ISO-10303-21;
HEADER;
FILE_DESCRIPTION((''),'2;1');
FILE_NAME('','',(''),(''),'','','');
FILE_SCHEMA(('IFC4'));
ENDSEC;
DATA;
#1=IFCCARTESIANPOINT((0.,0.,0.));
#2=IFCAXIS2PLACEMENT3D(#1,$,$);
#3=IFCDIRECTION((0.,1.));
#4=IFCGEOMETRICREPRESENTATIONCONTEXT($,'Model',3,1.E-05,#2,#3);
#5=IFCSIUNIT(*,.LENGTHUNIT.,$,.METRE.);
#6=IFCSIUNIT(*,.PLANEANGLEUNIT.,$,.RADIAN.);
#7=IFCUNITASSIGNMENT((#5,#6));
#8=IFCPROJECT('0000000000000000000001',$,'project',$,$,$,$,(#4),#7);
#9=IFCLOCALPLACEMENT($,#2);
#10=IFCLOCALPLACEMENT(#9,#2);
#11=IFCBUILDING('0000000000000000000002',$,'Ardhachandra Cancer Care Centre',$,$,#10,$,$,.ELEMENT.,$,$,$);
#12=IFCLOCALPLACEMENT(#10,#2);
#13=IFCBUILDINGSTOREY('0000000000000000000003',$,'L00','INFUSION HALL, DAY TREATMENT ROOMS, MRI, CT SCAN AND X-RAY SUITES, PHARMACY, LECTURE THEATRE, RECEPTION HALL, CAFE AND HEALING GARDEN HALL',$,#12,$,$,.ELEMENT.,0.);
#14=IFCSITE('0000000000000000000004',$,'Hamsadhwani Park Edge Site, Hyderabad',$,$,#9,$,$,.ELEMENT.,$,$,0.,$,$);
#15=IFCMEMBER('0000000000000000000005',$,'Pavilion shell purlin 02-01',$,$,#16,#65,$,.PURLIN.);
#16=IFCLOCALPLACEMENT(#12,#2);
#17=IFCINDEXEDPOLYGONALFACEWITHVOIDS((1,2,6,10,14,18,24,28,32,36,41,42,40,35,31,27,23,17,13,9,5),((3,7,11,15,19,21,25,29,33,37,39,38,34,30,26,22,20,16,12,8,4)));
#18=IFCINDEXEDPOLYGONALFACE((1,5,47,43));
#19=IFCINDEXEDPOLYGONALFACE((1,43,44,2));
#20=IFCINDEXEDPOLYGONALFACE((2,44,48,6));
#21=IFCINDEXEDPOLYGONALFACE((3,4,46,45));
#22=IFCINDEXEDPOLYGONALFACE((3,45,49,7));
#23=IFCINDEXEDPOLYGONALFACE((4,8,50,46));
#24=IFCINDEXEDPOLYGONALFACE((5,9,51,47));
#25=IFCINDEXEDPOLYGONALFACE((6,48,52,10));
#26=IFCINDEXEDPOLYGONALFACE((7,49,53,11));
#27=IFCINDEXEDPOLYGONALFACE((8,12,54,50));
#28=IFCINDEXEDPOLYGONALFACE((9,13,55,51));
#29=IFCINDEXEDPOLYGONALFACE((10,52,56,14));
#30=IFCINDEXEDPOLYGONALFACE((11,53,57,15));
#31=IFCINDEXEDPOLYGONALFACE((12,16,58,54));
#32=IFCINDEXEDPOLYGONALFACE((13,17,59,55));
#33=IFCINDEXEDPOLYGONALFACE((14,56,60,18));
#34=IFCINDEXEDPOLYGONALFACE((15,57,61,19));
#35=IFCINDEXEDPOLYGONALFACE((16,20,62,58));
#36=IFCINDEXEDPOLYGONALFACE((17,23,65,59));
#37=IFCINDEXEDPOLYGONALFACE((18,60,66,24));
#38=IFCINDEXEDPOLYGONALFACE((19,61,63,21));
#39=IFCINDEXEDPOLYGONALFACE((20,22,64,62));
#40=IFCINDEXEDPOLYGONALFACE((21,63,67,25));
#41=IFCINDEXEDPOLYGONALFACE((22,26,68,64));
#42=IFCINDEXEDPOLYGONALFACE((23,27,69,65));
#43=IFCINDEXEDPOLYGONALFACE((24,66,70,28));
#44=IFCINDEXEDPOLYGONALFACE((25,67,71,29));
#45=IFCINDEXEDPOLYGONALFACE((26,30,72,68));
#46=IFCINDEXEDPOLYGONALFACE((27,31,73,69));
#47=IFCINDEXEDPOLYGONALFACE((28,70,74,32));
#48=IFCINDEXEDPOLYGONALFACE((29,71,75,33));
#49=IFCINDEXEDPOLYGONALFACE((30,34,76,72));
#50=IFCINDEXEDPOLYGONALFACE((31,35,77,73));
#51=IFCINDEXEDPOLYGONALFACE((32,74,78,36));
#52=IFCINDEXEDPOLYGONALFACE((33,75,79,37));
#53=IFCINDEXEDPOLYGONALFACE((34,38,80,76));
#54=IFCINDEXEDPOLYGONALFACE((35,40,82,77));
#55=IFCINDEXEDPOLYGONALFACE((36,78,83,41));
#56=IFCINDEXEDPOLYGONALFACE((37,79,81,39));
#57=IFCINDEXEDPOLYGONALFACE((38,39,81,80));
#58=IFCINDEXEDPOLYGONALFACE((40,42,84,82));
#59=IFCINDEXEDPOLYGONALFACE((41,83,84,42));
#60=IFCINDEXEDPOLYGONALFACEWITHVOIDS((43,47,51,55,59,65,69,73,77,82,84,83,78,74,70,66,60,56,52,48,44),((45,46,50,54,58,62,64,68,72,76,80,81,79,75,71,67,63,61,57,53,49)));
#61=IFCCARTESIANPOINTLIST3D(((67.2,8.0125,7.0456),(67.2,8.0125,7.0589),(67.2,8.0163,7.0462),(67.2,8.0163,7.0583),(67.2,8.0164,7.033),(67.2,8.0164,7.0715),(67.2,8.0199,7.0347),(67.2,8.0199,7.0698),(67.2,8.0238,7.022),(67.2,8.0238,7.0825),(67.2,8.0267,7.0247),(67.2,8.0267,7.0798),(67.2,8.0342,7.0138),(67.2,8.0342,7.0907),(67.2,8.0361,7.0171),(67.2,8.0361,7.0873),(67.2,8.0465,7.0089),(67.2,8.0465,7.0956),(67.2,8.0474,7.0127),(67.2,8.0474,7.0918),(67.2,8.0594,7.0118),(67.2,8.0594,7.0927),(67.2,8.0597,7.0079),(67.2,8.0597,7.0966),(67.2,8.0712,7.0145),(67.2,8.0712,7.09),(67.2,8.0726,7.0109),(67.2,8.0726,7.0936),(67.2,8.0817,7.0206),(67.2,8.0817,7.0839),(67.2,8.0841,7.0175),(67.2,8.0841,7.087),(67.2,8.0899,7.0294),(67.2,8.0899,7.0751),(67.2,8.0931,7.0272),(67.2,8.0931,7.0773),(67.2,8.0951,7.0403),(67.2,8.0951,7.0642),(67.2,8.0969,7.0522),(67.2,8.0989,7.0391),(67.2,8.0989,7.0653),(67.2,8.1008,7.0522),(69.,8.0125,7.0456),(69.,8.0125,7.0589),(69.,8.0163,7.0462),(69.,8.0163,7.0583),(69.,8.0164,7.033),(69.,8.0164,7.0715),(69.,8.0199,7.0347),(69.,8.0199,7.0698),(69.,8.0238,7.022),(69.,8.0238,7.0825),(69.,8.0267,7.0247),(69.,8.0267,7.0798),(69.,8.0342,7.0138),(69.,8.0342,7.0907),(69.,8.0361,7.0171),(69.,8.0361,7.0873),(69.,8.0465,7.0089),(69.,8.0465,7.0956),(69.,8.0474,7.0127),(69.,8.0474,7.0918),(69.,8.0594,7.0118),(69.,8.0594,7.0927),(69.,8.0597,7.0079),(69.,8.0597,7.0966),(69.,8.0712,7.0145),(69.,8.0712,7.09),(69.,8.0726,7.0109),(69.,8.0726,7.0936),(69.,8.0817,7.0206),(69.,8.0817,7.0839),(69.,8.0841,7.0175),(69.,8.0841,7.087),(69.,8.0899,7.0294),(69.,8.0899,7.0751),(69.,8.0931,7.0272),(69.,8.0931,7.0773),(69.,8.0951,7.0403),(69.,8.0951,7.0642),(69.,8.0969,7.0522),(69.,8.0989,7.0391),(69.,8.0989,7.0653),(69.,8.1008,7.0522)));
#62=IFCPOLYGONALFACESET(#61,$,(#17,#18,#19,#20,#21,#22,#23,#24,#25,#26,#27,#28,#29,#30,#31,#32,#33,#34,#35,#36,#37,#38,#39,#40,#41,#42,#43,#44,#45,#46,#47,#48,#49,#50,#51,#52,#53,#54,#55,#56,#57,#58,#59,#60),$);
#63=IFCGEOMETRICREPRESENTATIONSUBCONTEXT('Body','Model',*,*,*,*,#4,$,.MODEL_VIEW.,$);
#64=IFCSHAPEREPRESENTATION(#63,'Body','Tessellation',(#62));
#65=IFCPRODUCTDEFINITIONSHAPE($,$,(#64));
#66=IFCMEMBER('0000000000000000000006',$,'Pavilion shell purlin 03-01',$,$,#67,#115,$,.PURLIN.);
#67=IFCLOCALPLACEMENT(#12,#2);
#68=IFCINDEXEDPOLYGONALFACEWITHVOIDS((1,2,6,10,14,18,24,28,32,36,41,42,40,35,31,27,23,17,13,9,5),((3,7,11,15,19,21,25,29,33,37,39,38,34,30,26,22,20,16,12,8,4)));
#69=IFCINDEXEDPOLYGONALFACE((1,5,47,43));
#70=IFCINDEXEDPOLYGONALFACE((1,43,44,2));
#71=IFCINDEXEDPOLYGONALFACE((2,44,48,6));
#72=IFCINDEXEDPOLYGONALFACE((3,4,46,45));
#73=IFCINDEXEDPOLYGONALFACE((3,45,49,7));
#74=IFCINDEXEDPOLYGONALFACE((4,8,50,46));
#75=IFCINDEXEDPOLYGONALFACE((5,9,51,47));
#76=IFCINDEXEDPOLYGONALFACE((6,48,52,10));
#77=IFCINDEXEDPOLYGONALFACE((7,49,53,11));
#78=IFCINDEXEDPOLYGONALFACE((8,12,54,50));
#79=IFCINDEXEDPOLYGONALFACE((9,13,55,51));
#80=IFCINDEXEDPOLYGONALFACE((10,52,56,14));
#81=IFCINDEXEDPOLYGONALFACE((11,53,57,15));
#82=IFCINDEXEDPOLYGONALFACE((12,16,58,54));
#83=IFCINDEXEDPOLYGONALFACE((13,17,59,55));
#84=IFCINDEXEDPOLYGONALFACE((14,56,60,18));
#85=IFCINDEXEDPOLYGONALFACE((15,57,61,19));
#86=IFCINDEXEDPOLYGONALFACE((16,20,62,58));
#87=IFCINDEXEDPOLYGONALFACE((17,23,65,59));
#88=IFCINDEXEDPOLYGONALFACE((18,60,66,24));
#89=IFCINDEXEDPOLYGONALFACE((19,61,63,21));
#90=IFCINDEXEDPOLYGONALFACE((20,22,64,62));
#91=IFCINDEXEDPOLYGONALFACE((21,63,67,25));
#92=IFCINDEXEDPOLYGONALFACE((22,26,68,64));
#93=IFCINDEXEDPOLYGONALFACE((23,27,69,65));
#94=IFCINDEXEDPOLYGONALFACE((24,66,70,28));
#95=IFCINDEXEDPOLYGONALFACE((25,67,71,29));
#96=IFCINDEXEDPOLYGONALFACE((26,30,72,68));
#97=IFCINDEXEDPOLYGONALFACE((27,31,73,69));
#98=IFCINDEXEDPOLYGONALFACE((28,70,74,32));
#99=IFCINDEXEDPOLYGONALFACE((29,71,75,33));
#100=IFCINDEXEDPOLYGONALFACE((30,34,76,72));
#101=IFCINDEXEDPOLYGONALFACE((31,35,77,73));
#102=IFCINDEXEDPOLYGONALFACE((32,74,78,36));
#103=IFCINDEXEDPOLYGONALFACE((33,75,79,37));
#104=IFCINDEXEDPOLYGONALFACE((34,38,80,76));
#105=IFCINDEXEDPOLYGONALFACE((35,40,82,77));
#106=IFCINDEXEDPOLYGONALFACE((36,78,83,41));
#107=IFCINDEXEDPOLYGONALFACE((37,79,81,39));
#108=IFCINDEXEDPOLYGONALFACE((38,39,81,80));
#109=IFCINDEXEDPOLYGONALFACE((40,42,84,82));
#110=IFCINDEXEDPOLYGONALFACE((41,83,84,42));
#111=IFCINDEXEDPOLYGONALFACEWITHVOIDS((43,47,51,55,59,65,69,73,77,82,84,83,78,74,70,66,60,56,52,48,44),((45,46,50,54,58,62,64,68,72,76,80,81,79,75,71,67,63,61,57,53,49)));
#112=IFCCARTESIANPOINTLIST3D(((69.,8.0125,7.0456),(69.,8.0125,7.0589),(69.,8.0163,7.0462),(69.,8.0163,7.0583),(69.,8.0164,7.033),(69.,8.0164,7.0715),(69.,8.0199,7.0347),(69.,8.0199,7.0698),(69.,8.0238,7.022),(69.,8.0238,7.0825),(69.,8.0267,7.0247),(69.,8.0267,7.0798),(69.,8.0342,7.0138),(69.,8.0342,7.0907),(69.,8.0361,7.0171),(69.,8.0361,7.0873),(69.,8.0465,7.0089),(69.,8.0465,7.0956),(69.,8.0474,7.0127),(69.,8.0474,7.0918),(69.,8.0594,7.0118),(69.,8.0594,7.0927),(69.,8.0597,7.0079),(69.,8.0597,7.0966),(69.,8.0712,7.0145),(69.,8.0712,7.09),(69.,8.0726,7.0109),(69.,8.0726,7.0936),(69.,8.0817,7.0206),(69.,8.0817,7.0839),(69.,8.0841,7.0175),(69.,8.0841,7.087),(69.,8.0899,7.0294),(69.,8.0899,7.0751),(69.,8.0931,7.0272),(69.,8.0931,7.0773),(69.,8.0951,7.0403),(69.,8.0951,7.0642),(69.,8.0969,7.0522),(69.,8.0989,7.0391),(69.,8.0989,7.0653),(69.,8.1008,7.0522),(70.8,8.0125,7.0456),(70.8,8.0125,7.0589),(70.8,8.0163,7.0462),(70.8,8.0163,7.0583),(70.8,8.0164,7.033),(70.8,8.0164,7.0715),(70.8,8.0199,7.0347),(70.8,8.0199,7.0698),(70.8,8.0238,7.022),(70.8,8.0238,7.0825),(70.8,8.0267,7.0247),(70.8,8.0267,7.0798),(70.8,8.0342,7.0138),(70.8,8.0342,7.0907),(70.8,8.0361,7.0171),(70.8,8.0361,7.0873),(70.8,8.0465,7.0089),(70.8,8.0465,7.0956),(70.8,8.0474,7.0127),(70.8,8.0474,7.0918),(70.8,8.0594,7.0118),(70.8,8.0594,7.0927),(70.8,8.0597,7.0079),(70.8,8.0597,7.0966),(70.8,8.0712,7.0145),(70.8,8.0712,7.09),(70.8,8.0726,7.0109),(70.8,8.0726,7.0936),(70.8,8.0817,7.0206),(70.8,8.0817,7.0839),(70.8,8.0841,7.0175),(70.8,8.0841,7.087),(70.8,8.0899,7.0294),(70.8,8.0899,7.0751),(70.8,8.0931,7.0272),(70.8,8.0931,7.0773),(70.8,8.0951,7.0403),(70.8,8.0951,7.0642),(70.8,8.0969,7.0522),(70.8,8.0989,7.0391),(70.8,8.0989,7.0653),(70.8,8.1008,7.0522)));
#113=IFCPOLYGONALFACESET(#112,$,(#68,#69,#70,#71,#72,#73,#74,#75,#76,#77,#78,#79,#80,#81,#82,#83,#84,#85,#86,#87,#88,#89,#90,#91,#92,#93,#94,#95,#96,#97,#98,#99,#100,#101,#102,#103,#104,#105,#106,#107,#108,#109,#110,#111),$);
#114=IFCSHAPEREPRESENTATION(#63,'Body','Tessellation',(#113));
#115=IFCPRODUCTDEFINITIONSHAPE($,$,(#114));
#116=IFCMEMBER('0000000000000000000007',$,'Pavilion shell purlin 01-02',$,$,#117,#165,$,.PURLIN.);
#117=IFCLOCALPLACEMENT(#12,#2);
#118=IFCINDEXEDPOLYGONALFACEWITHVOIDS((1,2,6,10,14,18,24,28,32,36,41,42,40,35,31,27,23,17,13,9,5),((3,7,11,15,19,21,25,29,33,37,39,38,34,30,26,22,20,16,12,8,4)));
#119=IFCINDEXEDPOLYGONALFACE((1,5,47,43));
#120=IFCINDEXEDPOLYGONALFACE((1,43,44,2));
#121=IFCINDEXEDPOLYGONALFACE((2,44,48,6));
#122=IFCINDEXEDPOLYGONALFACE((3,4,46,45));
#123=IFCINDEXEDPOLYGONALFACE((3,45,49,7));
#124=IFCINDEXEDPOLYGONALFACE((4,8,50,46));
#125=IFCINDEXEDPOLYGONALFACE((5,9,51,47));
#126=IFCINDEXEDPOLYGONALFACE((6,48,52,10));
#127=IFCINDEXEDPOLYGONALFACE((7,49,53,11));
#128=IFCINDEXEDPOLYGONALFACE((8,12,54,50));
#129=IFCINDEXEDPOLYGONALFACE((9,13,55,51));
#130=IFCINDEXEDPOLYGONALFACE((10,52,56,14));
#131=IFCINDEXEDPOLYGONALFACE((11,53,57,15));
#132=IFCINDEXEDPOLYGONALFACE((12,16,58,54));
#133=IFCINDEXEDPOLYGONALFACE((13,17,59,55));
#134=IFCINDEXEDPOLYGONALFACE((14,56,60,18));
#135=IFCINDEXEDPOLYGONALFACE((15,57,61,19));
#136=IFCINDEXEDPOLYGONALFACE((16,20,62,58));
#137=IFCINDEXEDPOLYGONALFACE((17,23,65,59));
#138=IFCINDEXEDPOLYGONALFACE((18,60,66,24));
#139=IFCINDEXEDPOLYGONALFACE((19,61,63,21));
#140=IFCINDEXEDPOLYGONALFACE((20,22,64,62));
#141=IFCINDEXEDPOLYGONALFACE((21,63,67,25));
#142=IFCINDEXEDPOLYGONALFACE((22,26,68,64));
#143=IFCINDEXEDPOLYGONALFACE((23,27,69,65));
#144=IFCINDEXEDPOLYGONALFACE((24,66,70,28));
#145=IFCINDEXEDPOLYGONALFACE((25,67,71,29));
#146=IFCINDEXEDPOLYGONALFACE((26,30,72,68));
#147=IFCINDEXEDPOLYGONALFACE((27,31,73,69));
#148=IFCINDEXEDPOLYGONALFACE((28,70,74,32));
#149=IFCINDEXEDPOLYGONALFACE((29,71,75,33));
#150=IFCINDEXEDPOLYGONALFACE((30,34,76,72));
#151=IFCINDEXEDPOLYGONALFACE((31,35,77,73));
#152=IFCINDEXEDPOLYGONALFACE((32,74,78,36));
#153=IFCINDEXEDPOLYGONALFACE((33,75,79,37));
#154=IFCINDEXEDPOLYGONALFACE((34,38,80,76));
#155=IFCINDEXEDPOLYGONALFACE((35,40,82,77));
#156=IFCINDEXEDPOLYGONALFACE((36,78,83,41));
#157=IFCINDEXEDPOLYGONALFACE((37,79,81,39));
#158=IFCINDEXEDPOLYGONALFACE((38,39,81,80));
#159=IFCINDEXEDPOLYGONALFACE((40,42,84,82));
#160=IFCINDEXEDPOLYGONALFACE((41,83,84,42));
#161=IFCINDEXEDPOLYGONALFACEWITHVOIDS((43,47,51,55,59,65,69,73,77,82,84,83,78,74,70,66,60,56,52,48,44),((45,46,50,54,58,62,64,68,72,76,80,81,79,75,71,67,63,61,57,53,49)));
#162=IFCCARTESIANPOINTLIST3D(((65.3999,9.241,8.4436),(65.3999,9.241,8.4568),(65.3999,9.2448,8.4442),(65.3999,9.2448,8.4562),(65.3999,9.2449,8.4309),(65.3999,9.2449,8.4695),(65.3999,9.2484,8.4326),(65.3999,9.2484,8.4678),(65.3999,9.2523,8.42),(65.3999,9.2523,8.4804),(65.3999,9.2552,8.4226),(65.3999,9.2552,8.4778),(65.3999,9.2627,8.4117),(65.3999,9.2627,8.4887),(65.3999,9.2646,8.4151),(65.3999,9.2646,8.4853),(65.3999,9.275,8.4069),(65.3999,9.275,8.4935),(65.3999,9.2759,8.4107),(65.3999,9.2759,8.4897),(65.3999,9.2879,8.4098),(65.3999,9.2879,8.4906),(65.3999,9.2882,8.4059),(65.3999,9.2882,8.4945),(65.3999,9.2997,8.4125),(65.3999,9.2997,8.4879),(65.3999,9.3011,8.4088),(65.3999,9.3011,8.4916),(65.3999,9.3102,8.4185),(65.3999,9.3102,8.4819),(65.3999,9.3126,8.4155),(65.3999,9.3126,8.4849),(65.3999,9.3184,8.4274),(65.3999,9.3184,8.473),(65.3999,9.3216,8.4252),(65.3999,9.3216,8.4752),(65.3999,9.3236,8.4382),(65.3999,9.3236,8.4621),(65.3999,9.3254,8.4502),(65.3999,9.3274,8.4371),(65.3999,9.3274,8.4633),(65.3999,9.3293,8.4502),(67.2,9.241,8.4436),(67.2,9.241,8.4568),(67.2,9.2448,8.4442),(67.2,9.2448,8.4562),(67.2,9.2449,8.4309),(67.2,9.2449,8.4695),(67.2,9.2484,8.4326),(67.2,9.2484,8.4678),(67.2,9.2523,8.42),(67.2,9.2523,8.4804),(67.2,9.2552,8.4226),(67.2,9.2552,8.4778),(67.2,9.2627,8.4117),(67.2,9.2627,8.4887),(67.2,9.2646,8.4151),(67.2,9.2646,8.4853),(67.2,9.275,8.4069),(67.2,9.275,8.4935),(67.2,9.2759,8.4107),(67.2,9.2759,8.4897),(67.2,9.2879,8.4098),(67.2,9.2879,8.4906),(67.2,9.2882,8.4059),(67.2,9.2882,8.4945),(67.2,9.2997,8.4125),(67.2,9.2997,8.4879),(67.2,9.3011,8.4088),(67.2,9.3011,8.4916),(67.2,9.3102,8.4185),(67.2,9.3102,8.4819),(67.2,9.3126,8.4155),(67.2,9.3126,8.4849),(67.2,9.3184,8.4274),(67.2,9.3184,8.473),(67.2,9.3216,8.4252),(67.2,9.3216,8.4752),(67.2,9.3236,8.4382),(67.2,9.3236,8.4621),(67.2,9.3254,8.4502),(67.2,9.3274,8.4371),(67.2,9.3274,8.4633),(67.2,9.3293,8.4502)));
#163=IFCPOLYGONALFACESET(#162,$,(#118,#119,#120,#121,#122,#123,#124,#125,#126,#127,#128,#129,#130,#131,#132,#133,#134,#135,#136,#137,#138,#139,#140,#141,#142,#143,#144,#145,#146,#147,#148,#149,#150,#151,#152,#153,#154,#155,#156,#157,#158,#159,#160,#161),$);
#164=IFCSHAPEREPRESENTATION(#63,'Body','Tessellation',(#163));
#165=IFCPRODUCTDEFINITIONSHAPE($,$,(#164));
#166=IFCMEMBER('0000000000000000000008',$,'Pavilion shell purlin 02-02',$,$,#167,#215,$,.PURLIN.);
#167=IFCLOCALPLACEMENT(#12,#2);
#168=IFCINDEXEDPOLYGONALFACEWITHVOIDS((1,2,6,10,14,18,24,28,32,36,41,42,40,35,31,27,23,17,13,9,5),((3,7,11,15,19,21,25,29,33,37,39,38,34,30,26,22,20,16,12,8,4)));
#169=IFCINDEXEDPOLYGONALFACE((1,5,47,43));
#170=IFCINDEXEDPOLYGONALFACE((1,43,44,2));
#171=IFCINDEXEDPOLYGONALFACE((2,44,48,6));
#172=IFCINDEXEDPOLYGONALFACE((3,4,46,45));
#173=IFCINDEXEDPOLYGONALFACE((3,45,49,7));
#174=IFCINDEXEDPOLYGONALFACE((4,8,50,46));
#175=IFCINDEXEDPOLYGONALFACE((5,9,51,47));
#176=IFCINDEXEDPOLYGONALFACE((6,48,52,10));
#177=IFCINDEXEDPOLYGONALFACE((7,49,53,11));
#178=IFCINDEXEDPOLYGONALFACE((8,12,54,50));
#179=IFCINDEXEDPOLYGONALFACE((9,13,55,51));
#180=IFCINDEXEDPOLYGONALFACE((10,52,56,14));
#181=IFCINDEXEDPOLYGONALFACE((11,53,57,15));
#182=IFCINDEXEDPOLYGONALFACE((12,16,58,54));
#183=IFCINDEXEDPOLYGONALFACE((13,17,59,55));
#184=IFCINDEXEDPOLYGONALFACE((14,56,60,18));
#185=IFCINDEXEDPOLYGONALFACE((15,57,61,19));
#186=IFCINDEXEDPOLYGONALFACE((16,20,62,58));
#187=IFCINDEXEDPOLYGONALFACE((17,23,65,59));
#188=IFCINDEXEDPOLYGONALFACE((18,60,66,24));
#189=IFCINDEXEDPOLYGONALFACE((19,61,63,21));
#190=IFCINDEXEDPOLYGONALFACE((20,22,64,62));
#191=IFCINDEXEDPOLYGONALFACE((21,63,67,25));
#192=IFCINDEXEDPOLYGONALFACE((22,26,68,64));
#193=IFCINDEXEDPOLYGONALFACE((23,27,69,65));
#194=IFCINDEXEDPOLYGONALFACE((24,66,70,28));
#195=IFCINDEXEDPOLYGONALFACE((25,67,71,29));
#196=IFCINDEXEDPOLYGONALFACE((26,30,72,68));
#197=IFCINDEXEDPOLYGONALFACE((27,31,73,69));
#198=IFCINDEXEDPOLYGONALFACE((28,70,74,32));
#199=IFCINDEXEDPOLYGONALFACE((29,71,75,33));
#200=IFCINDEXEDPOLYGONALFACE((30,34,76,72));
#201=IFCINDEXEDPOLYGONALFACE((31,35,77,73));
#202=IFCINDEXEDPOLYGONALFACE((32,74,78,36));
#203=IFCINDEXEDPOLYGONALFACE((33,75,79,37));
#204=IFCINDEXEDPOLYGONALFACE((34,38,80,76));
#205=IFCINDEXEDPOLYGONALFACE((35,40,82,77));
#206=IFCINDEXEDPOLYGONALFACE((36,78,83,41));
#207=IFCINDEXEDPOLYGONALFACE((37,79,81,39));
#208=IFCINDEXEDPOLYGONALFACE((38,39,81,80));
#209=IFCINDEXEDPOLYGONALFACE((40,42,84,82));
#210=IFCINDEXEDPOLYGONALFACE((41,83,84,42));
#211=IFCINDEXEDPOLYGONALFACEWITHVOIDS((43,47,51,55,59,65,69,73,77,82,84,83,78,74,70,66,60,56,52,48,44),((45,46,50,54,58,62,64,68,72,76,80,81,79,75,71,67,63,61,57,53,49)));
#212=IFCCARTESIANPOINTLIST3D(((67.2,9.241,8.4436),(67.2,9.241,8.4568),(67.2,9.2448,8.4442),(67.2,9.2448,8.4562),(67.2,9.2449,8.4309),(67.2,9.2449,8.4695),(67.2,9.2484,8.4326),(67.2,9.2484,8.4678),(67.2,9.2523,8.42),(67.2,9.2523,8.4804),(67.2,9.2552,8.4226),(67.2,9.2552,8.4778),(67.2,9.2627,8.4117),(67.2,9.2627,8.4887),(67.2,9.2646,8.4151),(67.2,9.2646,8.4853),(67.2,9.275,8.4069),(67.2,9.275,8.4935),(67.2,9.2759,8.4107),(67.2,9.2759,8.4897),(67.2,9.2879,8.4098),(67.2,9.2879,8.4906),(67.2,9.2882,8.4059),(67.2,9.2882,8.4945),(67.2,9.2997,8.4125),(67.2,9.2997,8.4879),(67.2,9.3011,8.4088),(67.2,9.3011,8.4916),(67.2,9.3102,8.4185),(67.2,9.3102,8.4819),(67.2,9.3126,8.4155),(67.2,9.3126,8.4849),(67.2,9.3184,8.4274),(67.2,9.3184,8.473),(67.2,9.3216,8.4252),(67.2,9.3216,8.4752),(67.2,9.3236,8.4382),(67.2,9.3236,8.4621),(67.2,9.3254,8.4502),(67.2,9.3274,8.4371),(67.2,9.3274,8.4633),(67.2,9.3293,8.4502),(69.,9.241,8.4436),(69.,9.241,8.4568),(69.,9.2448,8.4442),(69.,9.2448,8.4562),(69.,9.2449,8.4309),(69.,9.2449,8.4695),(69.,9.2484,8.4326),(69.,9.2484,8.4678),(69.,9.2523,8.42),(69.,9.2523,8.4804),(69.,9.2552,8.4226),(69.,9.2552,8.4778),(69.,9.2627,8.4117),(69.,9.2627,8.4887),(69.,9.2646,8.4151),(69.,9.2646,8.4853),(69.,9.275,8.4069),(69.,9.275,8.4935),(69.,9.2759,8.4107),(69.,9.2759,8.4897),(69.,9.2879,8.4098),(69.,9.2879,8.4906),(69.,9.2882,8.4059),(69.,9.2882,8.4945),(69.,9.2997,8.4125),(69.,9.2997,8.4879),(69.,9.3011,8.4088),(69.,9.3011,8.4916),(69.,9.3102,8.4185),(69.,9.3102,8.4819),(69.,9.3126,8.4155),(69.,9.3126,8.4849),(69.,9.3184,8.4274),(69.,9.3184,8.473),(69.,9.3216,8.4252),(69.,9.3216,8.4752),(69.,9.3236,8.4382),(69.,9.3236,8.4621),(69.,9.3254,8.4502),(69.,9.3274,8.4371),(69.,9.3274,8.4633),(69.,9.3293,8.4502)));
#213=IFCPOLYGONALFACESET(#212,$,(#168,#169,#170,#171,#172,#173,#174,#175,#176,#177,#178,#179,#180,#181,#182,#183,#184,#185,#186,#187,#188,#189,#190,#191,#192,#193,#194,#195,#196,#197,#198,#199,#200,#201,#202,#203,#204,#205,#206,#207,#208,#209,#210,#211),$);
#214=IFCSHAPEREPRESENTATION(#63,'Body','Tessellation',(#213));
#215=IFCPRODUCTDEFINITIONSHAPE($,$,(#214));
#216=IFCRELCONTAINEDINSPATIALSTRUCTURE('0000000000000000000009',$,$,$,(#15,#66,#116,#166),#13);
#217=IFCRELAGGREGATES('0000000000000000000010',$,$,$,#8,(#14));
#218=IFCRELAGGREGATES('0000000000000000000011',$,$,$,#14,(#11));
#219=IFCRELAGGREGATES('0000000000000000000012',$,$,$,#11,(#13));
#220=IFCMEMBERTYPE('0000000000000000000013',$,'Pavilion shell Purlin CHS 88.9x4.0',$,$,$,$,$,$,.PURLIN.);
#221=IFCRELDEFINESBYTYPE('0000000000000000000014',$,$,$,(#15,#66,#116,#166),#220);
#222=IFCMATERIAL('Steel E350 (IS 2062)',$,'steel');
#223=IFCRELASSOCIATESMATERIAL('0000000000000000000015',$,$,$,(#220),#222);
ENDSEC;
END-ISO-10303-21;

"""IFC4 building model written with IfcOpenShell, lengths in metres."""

from ifc_helpers import new_model, si_unit, direction, frame, origin, origin_2d, place, context, subcontext, project, spatial, hollow_circle, extrude, material, material_profile, profile_set, type_object, element, save


model = new_model("IFC4")

# Units and contexts
model_context = context("Model", 3, precision=1e-05, world=origin(), true_north=direction((0.0, 1.0)))
body_context = subcontext(model_context, "Body", "Model", "MODEL_VIEW")
ifc_project = project(units=[si_unit("LENGTHUNIT", "METRE"), si_unit("PLANEANGLEUNIT", "RADIAN")], contexts=[model_context])

# Site, building, storey
site_placement = place(None, origin())
site = spatial("IfcSite", under=ifc_project, at=site_placement, Name="Hamsadhwani Park Edge Site, Hyderabad", CompositionType="ELEMENT", RefElevation=0.0)
building_placement = place(site_placement, origin())
building = spatial("IfcBuilding", under=site, at=building_placement, Name="Ardhachandra Cancer Care Centre", CompositionType="ELEMENT")
storey_placement = place(building_placement, origin())
storey = spatial("IfcBuildingStorey", under=building, at=storey_placement, Name="L00", Description="INFUSION HALL, DAY TREATMENT ROOMS, MRI, CT SCAN AND X-RAY SUITES, PHARMACY, LECTURE THEATRE, RECEPTION HALL, CAFE AND HEALING GARDEN HALL", CompositionType="ELEMENT", Elevation=0.0)

# Members
ifc_material_1 = material(Name="Steel E350 (IS 2062)", Category="steel")
ifc_material_profile_1 = material_profile(ifc_material_1, hollow_circle(Radius=0.0444, WallThickness=0.0039, at=origin_2d()), Name="CHS 88.9x4.0")
ifc_profile_set_1 = profile_set([ifc_material_profile_1], Name="Steel E350 (IS 2062)")
member_type_1 = type_object("IfcMemberType", Name="Pavilion shell Purlin CHS 88.9x4.0", PredefinedType="PURLIN", material=ifc_profile_set_1)
for number, where, z_axis, x_axis, name in (
    (1, (67.2, 8.0564, 7.0522), (1.0, 0.0, 0.0), (0.0, 1.0, 0.0), "Pavilion shell purlin 02-01"),
    (2, (69.0, 8.0564, 7.0522), (1.0, 0.0, 0.0), (0.0, 1.0, 0.0), "Pavilion shell purlin 03-01"),
    (3, (65.3999, 9.2849, 8.4502), (1.0, 0.0, 0.0), (0.0, 1.0, 0.0), "Pavilion shell purlin 01-02"),
    (4, (67.2, 9.2849, 8.4502), (1.0, 0.0, 0.0), (0.0, 1.0, 0.0), "Pavilion shell purlin 02-02"),
):
    element("IfcMember", number, at=place(storey_placement, frame(where, z_axis=z_axis, x_axis=x_axis)), inside=storey, type_object=member_type_1, Name=name, PredefinedType="PURLIN", context=body_context, shape_type="SweptSolid", body=[
        extrude(hollow_circle(Radius=0.0444, WallThickness=0.0039, at=origin_2d()), origin(), (0.0, 0.0, 1.0), 1.8),
    ])

save(model, "model.ifc")
